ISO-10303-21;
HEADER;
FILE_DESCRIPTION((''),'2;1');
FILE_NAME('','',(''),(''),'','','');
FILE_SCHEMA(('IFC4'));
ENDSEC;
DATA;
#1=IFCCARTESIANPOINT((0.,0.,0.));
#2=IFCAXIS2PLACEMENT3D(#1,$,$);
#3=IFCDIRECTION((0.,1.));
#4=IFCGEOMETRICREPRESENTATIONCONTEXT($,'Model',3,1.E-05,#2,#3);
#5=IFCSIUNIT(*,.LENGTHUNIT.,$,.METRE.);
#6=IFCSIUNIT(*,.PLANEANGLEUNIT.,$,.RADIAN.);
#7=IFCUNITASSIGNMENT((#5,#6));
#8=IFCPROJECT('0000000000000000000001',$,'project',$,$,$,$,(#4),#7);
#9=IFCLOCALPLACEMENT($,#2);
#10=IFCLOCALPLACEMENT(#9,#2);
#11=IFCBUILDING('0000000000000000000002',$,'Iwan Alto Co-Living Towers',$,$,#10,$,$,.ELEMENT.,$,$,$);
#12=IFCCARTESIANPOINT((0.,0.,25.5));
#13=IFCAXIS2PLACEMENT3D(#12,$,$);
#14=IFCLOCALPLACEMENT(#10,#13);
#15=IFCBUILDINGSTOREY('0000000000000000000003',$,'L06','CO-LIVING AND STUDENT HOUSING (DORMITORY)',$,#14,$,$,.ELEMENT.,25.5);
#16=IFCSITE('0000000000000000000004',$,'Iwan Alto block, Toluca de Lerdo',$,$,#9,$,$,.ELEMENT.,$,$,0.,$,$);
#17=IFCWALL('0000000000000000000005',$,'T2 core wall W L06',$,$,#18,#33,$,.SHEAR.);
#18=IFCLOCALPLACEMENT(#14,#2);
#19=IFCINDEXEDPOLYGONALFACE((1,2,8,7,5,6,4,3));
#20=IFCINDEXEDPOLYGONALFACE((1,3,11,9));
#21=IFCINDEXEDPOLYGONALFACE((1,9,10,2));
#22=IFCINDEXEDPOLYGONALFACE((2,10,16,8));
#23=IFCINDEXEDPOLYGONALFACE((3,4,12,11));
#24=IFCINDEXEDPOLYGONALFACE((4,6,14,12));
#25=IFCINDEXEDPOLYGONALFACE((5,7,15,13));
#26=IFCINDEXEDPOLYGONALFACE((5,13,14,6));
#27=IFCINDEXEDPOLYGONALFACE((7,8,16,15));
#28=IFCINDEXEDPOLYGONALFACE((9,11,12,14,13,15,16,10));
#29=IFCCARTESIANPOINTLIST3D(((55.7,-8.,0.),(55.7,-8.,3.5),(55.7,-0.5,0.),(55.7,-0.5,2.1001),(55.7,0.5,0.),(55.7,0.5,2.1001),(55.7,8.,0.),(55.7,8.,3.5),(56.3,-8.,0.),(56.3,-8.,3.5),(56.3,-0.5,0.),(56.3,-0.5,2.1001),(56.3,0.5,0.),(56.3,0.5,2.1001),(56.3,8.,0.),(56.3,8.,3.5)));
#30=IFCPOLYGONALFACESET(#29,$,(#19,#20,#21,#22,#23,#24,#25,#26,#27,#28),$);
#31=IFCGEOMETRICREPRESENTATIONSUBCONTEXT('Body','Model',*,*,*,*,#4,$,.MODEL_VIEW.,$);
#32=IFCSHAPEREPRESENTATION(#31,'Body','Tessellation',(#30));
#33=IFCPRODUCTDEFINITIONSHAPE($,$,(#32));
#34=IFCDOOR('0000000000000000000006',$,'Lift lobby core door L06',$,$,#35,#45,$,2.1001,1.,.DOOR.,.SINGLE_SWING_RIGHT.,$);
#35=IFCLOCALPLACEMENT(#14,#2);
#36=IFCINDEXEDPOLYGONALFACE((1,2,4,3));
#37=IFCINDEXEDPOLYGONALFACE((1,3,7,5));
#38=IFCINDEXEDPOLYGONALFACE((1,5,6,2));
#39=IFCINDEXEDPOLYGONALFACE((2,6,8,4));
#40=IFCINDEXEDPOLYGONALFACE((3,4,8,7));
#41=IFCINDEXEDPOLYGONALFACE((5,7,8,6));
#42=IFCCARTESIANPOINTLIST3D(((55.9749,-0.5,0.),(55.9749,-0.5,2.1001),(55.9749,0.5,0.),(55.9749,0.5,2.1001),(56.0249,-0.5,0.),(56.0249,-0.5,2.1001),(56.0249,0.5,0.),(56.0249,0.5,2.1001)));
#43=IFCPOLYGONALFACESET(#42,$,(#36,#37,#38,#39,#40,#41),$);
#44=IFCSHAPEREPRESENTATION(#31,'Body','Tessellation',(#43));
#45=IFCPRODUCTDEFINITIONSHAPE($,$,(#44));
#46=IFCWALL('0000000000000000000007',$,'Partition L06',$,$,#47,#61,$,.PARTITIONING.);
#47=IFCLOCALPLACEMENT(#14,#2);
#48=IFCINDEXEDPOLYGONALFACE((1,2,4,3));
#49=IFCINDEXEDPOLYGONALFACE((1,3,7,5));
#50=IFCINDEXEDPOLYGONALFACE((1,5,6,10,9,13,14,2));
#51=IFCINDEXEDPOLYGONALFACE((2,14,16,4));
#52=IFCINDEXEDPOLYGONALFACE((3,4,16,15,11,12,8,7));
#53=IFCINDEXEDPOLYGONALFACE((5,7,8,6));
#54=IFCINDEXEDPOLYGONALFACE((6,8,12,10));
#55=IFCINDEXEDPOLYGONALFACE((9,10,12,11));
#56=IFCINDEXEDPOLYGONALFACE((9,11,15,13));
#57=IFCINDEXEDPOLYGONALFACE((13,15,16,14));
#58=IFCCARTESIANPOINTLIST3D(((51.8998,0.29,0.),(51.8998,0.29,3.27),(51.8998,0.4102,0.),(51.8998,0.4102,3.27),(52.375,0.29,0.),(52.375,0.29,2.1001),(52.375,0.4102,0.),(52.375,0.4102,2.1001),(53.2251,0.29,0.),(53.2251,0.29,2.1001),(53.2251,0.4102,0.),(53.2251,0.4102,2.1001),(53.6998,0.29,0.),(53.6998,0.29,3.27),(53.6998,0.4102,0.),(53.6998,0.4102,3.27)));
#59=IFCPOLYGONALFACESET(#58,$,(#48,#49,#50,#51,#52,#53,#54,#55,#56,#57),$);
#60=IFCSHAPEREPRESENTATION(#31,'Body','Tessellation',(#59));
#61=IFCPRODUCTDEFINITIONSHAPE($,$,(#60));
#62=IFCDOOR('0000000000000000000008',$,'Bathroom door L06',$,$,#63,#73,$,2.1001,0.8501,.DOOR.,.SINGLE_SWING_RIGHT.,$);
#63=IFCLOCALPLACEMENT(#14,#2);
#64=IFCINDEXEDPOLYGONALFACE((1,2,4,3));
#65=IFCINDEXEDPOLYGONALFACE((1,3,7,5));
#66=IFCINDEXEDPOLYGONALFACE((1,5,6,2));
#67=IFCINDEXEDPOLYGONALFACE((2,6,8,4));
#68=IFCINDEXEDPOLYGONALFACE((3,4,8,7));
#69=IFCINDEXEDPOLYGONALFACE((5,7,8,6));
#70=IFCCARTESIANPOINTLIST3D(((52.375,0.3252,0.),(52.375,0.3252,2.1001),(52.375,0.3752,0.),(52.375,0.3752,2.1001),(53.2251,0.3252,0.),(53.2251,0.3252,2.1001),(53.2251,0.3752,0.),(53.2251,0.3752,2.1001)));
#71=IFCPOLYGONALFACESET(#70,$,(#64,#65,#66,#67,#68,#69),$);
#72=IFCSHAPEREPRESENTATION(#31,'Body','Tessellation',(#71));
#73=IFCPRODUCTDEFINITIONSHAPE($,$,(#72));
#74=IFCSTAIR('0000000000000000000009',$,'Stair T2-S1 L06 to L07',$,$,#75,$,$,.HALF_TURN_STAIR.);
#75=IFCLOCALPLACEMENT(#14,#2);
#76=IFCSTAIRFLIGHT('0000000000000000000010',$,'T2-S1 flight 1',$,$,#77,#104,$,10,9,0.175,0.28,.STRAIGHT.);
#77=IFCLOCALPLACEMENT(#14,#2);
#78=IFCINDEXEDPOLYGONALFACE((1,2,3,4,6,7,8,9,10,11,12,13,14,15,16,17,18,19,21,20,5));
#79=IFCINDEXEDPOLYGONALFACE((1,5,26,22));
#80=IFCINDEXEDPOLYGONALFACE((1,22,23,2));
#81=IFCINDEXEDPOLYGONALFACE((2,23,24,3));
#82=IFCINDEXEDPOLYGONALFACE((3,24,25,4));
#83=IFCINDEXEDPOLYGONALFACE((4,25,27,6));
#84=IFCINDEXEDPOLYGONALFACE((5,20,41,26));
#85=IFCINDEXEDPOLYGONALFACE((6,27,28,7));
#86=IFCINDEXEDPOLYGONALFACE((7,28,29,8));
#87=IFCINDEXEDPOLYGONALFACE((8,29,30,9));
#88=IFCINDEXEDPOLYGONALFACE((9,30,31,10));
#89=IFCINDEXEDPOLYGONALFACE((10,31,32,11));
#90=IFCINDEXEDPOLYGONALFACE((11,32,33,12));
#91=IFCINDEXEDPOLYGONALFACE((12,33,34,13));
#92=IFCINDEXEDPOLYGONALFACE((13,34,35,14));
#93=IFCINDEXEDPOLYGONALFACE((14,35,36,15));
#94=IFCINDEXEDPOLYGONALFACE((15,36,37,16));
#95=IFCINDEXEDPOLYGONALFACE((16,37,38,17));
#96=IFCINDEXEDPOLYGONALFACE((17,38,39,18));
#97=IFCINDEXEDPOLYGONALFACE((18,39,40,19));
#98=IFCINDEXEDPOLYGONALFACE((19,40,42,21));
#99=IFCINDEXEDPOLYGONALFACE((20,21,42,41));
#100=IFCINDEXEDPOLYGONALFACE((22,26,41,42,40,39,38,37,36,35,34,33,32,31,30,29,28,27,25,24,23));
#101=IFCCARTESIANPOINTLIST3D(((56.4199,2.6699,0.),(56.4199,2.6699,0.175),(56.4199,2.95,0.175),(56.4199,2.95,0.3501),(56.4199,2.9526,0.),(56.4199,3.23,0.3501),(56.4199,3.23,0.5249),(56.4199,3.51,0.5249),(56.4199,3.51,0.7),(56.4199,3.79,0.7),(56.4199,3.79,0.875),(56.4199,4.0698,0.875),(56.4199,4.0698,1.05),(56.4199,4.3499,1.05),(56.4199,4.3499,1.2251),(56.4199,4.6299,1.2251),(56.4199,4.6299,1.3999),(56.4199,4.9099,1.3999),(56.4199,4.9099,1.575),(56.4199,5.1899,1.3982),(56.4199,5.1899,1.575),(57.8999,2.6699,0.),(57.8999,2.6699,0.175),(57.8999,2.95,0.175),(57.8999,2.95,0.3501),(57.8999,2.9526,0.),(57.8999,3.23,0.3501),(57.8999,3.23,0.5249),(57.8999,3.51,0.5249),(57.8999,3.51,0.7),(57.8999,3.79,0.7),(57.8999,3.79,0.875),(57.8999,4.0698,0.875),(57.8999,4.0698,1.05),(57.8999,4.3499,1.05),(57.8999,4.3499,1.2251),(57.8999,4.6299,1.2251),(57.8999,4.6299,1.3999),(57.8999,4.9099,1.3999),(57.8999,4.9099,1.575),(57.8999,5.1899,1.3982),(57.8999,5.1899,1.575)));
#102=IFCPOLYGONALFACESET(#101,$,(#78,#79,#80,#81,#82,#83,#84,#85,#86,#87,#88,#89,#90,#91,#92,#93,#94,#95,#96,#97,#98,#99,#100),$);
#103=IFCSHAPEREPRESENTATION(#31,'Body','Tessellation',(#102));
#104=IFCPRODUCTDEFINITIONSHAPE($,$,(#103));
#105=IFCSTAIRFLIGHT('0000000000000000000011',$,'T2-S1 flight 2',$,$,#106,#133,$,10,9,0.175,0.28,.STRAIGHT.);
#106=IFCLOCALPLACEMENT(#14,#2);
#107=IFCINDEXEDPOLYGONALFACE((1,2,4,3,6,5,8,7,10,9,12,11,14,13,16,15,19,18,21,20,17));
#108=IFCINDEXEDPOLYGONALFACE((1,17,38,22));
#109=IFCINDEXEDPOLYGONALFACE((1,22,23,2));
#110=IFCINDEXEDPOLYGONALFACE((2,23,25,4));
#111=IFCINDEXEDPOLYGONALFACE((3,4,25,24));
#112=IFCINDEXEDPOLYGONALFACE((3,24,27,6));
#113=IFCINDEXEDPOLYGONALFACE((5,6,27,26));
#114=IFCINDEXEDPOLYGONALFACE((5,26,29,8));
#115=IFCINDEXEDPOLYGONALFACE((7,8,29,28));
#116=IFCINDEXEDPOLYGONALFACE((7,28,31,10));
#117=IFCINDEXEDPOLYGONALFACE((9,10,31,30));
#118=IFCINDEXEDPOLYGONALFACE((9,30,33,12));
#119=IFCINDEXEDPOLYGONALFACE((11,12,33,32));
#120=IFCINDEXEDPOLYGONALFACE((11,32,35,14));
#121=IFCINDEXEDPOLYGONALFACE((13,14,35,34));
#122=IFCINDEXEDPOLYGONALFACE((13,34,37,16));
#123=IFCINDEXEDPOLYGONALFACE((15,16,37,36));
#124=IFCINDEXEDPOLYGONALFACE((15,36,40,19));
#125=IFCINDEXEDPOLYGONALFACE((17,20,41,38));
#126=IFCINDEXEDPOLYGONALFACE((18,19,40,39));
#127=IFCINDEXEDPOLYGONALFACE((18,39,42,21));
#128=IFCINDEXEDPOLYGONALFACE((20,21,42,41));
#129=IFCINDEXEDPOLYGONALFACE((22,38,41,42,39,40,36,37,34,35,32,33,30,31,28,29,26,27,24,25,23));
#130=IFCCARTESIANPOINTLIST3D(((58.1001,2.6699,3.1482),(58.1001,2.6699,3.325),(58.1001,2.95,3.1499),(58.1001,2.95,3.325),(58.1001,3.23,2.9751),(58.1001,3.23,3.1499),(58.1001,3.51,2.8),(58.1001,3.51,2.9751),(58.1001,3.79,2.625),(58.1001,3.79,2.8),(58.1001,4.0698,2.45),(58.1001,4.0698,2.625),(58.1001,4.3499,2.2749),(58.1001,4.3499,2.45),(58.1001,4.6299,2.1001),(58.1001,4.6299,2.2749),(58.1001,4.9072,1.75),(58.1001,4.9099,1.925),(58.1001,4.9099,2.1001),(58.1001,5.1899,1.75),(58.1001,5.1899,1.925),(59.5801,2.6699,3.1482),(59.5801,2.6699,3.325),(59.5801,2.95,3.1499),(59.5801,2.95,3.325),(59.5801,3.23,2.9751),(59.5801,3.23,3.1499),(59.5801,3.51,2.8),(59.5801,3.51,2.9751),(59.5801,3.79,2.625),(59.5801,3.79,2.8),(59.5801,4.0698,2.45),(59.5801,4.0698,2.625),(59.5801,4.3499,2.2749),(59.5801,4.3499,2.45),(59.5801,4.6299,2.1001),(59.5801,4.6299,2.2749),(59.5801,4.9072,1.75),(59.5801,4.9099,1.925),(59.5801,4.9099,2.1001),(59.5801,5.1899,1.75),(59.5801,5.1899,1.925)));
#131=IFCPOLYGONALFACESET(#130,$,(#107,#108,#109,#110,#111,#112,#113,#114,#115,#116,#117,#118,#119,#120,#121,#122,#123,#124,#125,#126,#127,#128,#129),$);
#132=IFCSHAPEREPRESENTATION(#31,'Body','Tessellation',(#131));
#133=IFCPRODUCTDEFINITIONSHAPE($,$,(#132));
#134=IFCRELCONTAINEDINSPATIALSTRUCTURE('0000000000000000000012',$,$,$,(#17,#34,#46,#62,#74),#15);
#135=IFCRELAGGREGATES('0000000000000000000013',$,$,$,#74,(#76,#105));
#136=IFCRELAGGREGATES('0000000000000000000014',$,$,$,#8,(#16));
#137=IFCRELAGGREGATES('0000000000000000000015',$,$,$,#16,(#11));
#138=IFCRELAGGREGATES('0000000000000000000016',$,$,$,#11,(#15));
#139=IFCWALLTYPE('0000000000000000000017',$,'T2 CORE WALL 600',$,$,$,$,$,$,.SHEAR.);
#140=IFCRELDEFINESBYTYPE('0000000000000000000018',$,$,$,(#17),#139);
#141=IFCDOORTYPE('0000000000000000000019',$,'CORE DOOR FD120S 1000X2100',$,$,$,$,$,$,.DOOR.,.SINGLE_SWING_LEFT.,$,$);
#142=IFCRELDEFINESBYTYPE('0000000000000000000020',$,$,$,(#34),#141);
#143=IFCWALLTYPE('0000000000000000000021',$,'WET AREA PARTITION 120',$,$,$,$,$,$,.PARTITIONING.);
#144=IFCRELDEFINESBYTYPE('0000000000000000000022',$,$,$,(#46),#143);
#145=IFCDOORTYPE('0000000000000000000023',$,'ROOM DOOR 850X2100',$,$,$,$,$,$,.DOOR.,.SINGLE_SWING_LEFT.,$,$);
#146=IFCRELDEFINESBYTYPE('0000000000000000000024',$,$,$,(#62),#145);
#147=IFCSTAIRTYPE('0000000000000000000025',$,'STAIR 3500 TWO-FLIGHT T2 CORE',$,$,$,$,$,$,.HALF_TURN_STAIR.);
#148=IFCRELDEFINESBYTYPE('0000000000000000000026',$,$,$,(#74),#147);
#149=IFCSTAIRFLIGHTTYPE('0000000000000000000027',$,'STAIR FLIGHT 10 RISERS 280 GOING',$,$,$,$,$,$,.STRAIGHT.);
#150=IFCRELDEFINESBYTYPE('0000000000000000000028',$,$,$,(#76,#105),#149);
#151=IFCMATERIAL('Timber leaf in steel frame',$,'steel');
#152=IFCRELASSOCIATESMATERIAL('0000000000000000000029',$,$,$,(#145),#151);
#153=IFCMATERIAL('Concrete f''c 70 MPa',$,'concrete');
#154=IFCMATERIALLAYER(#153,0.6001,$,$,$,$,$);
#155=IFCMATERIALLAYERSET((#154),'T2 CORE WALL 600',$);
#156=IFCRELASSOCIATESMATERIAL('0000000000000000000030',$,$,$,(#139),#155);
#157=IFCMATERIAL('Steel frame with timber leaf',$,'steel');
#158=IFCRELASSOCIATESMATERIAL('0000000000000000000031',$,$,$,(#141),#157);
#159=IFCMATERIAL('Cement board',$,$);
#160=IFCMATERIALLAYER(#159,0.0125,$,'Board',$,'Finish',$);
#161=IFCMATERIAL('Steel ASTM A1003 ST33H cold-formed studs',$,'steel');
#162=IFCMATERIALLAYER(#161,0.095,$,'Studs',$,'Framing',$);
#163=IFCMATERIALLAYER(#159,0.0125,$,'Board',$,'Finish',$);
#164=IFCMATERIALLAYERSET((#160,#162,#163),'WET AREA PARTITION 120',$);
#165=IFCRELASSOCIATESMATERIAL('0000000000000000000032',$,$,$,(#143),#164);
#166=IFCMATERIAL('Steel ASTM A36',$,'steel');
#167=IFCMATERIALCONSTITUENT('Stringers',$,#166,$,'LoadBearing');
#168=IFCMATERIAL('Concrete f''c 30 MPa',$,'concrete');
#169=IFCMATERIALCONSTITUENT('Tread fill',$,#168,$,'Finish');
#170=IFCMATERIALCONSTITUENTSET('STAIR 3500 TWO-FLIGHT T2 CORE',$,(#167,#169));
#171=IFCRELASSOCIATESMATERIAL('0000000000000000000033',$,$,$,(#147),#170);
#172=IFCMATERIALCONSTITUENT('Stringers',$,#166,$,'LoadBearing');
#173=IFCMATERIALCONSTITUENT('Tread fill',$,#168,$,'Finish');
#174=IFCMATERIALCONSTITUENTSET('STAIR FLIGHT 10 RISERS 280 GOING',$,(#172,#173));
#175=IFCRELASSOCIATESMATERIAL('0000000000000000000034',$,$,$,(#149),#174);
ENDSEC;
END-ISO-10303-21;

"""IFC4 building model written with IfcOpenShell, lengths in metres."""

from ifc_helpers import new_model, si_unit, direction, frame, frame_2d, origin, place, context, subcontext, project, spatial, polyline, rectangle, outline, extrude, material, layer, layer_set, constituent, constituent_set, type_object, element, fill, aggregate, save


model = new_model("IFC4")

# Units and contexts
model_context = context("Model", 3, precision=1e-05, world=origin(), true_north=direction((0.0, 1.0)))
body_context = subcontext(model_context, "Body", "Model", "MODEL_VIEW")
ifc_project = project(units=[si_unit("LENGTHUNIT", "METRE"), si_unit("PLANEANGLEUNIT", "RADIAN")], contexts=[model_context])

# Site, building, storey
site_placement = place(None, origin())
site = spatial("IfcSite", under=ifc_project, at=site_placement, Name="Iwan Alto block, Toluca de Lerdo", CompositionType="ELEMENT", RefElevation=0.0)
building_placement = place(site_placement, origin())
building = spatial("IfcBuilding", under=site, at=building_placement, Name="Iwan Alto Co-Living Towers", CompositionType="ELEMENT")
storey_placement = place(building_placement, frame((0.0, 0.0, 25.5)))
storey = spatial("IfcBuildingStorey", under=building, at=storey_placement, Name="L06", Description="CO-LIVING AND STUDENT HOUSING (DORMITORY)", CompositionType="ELEMENT", Elevation=25.5)

# Shared definitions
ifc_material_1 = material(Name="Steel ASTM A1003 ST33H cold-formed studs", Category="steel")

# Shared definitions
ifc_material_2 = material(Name="Timber leaf in steel frame", Category="steel")
door_type_1 = type_object("IfcDoorType", Name="ROOM DOOR 850X2100", OperationType="SINGLE_SWING_LEFT", PredefinedType="DOOR", material=ifc_material_2)

# Walls, openings, doors
ifc_material_3 = material(Name="Concrete f'c 70 MPa", Category="concrete")
ifc_layer_1 = layer(ifc_material_3, 0.6001)
ifc_layer_set_1 = layer_set([ifc_layer_1], Name="T2 CORE WALL 600")
wall_type_1 = type_object("IfcWallType", Name="T2 CORE WALL 600", PredefinedType="SHEAR", material=ifc_layer_set_1)
wall_1_placement = place(storey_placement, frame((56.0, 8.0, 0.0), z_axis=(0.0, 0.0, 1.0), x_axis=(0.0, -1.0, 0.0)))
wall_1 = element("IfcWall", 1, at=wall_1_placement, inside=storey, type_object=wall_type_1, Name="T2 core wall W L06", PredefinedType="SHEAR", context=body_context, shape_type="SweptSolid", body=[
    extrude(rectangle(XDim=16.0, YDim=0.6001, at=frame_2d((8.0, 0.0))), origin(), (0.0, 0.0, 1.0), 3.5),
])
opening_1_placement = place(wall_1_placement, frame((7.5, 0.0, 0.0)))
opening_1 = element("IfcOpeningElement", 2, at=opening_1_placement, cuts=wall_1, PredefinedType="OPENING", context=body_context, shape_type="SweptSolid", body=[
    extrude(rectangle(XDim=1.0, YDim=2.1001, at=frame_2d((0.5, 1.05))), frame((0.0, 0.3101, 0.0), z_axis=(0.0, -1.0, 0.0), x_axis=(1.0, 0.0, 0.0)), (0.0, 0.0, 1.0), 0.6201),
])
ifc_material_4 = material(Name="Steel frame with timber leaf", Category="steel")
door_type_2 = type_object("IfcDoorType", Name="CORE DOOR FD120S 1000X2100", OperationType="SINGLE_SWING_LEFT", PredefinedType="DOOR", material=ifc_material_4)
door_1_placement = place(opening_1_placement, origin())
door_1 = element("IfcDoor", 3, at=door_1_placement, inside=storey, type_object=door_type_2, Name="Lift lobby core door L06", OperationType="SINGLE_SWING_RIGHT", OverallHeight=2.1001, OverallWidth=1.0, PredefinedType="DOOR", context=body_context, shape_type="SweptSolid", body=[
    extrude(rectangle(XDim=1.0, YDim=2.1001, at=frame_2d((0.5, 1.05))), frame((0.0, 0.0249, 0.0), z_axis=(0.0, -1.0, 0.0), x_axis=(1.0, 0.0, 0.0)), (0.0, 0.0, 1.0), 0.05),
])
fill(opening_1, door_1)
ifc_material_5 = material(Name="Cement board")
ifc_layer_2 = layer(ifc_material_5, 0.0125, Name="Board", Category="Finish")
ifc_layer_3 = layer(ifc_material_1, 0.095, Name="Studs", Category="Framing")
ifc_layer_4 = layer(ifc_material_5, 0.0125, Name="Board", Category="Finish")
ifc_layer_set_2 = layer_set([ifc_layer_2, ifc_layer_3, ifc_layer_4], Name="WET AREA PARTITION 120")
wall_type_2 = type_object("IfcWallType", Name="WET AREA PARTITION 120", PredefinedType="PARTITIONING", material=ifc_layer_set_2)
wall_2_placement = place(storey_placement, frame((51.8999, 0.3501, 0.0), z_axis=(0.0, 0.0, 1.0), x_axis=(1.0, 0.0, 0.0)))
wall_2 = element("IfcWall", 4, at=wall_2_placement, inside=storey, type_object=wall_type_2, Name="Partition L06", PredefinedType="PARTITIONING", context=body_context, shape_type="SweptSolid", body=[
    extrude(rectangle(XDim=1.8, YDim=0.1201, at=frame_2d((0.8999, 0.0))), origin(), (0.0, 0.0, 1.0), 3.27),
])
opening_2_placement = place(wall_2_placement, frame((0.4751, 0.0, 0.0)))
opening_2 = element("IfcOpeningElement", 5, at=opening_2_placement, cuts=wall_2, PredefinedType="OPENING", context=body_context, shape_type="SweptSolid", body=[
    extrude(rectangle(XDim=0.8501, YDim=2.1001, at=frame_2d((0.425, 1.05))), frame((0.0, 0.0701, 0.0), z_axis=(0.0, -1.0, 0.0), x_axis=(1.0, 0.0, 0.0)), (0.0, 0.0, 1.0), 0.1401),
])
door_2_placement = place(opening_2_placement, frame((0.8501, 0.0, 0.0), z_axis=(0.0, 0.0, 1.0), x_axis=(-1.0, 0.0, 0.0)))
door_2 = element("IfcDoor", 6, at=door_2_placement, inside=storey, type_object=door_type_1, Name="Bathroom door L06", OperationType="SINGLE_SWING_RIGHT", OverallHeight=2.1001, OverallWidth=0.8501, PredefinedType="DOOR", context=body_context, shape_type="SweptSolid", body=[
    extrude(rectangle(XDim=0.8501, YDim=2.1001, at=frame_2d((0.425, 1.05))), frame((0.0, 0.0249, 0.0), z_axis=(0.0, -1.0, 0.0), x_axis=(1.0, 0.0, 0.0)), (0.0, 0.0, 1.0), 0.05),
])
fill(opening_2, door_2)

# Stair, stair flights
ifc_material_6 = material(Name="Steel ASTM A36", Category="steel")
ifc_constituent_1 = constituent(ifc_material_6, Name="Stringers", Category="LoadBearing")
ifc_material_7 = material(Name="Concrete f'c 30 MPa", Category="concrete")
ifc_constituent_2 = constituent(ifc_material_7, Name="Tread fill", Category="Finish")
ifc_constituent_set_1 = constituent_set(constituents=[ifc_constituent_1, ifc_constituent_2], Name="STAIR 3500 TWO-FLIGHT T2 CORE")
stair_type = type_object("IfcStairType", Name="STAIR 3500 TWO-FLIGHT T2 CORE", PredefinedType="HALF_TURN_STAIR", material=ifc_constituent_set_1)
stair_placement = place(storey_placement, origin())
stair = element("IfcStair", 7, at=stair_placement, inside=storey, type_object=stair_type, Name="Stair T2-S1 L06 to L07", PredefinedType="HALF_TURN_STAIR")
ifc_constituent_3 = constituent(ifc_material_6, Name="Stringers", Category="LoadBearing")
ifc_constituent_4 = constituent(ifc_material_7, Name="Tread fill", Category="Finish")
ifc_constituent_set_2 = constituent_set(constituents=[ifc_constituent_3, ifc_constituent_4], Name="STAIR FLIGHT 10 RISERS 280 GOING")
stair_flight_type = type_object("IfcStairFlightType", Name="STAIR FLIGHT 10 RISERS 280 GOING", PredefinedType="STRAIGHT", material=ifc_constituent_set_2)
stair_flight_1_placement = place(storey_placement, frame((57.1599, 2.6699, 0.0), z_axis=(0.0, 0.0, 1.0), x_axis=(0.0, 1.0, 0.0)))
stair_flight_1 = element("IfcStairFlight", 8, at=stair_flight_1_placement, type_object=stair_flight_type, Name="T2-S1 flight 1", NumberOfRisers=10, NumberOfTreads=9, PredefinedType="STRAIGHT", RiserHeight=0.175, TreadLength=0.28, context=body_context, shape_type="SweptSolid", body=[
    extrude(outline(polyline([(0.0, 0.0), (0.0, 0.175), (0.28, 0.175), (0.28, 0.3501), (0.5601, 0.3501), (0.5601, 0.5249), (0.8401, 0.5249), (0.8401, 0.7), (1.1201, 0.7), (1.1201, 0.875), (1.3999, 0.875), (1.3999, 1.05), (1.6799, 1.05), (1.6799, 1.2251), (1.96, 1.2251), (1.96, 1.3999), (2.24, 1.3999), (2.24, 1.575), (2.52, 1.575), (2.52, 1.75), (2.52, 1.3982), (0.2827, 0.0), (0.0, 0.0)])), frame((0.0, 0.74, 0.0), z_axis=(0.0, -1.0, 0.0), x_axis=(1.0, 0.0, 0.0)), (0.0, 0.0, 1.0), 1.48),
])
stair_flight_2_placement = place(storey_placement, frame((58.8401, 5.1899, 1.75), z_axis=(0.0, 0.0, 1.0), x_axis=(0.0, -1.0, 0.0)))
stair_flight_2 = element("IfcStairFlight", 9, at=stair_flight_2_placement, type_object=stair_flight_type, Name="T2-S1 flight 2", NumberOfRisers=10, NumberOfTreads=9, PredefinedType="STRAIGHT", RiserHeight=0.175, TreadLength=0.28, context=body_context, shape_type="SweptSolid", body=[
    extrude(outline(polyline([(0.0, 0.0), (0.0, 0.175), (0.28, 0.175), (0.28, 0.3501), (0.5601, 0.3501), (0.5601, 0.5249), (0.8401, 0.5249), (0.8401, 0.7), (1.1201, 0.7), (1.1201, 0.875), (1.3999, 0.875), (1.3999, 1.05), (1.6799, 1.05), (1.6799, 1.2251), (1.96, 1.2251), (1.96, 1.3999), (2.24, 1.3999), (2.24, 1.575), (2.52, 1.575), (2.52, 1.75), (2.52, 1.3982), (0.2827, 0.0), (0.0, 0.0)])), frame((0.0, 0.74, 0.0), z_axis=(0.0, -1.0, 0.0), x_axis=(1.0, 0.0, 0.0)), (0.0, 0.0, 1.0), 1.48),
])
aggregate(stair, [stair_flight_1, stair_flight_2])

save(model, "model.ifc")
